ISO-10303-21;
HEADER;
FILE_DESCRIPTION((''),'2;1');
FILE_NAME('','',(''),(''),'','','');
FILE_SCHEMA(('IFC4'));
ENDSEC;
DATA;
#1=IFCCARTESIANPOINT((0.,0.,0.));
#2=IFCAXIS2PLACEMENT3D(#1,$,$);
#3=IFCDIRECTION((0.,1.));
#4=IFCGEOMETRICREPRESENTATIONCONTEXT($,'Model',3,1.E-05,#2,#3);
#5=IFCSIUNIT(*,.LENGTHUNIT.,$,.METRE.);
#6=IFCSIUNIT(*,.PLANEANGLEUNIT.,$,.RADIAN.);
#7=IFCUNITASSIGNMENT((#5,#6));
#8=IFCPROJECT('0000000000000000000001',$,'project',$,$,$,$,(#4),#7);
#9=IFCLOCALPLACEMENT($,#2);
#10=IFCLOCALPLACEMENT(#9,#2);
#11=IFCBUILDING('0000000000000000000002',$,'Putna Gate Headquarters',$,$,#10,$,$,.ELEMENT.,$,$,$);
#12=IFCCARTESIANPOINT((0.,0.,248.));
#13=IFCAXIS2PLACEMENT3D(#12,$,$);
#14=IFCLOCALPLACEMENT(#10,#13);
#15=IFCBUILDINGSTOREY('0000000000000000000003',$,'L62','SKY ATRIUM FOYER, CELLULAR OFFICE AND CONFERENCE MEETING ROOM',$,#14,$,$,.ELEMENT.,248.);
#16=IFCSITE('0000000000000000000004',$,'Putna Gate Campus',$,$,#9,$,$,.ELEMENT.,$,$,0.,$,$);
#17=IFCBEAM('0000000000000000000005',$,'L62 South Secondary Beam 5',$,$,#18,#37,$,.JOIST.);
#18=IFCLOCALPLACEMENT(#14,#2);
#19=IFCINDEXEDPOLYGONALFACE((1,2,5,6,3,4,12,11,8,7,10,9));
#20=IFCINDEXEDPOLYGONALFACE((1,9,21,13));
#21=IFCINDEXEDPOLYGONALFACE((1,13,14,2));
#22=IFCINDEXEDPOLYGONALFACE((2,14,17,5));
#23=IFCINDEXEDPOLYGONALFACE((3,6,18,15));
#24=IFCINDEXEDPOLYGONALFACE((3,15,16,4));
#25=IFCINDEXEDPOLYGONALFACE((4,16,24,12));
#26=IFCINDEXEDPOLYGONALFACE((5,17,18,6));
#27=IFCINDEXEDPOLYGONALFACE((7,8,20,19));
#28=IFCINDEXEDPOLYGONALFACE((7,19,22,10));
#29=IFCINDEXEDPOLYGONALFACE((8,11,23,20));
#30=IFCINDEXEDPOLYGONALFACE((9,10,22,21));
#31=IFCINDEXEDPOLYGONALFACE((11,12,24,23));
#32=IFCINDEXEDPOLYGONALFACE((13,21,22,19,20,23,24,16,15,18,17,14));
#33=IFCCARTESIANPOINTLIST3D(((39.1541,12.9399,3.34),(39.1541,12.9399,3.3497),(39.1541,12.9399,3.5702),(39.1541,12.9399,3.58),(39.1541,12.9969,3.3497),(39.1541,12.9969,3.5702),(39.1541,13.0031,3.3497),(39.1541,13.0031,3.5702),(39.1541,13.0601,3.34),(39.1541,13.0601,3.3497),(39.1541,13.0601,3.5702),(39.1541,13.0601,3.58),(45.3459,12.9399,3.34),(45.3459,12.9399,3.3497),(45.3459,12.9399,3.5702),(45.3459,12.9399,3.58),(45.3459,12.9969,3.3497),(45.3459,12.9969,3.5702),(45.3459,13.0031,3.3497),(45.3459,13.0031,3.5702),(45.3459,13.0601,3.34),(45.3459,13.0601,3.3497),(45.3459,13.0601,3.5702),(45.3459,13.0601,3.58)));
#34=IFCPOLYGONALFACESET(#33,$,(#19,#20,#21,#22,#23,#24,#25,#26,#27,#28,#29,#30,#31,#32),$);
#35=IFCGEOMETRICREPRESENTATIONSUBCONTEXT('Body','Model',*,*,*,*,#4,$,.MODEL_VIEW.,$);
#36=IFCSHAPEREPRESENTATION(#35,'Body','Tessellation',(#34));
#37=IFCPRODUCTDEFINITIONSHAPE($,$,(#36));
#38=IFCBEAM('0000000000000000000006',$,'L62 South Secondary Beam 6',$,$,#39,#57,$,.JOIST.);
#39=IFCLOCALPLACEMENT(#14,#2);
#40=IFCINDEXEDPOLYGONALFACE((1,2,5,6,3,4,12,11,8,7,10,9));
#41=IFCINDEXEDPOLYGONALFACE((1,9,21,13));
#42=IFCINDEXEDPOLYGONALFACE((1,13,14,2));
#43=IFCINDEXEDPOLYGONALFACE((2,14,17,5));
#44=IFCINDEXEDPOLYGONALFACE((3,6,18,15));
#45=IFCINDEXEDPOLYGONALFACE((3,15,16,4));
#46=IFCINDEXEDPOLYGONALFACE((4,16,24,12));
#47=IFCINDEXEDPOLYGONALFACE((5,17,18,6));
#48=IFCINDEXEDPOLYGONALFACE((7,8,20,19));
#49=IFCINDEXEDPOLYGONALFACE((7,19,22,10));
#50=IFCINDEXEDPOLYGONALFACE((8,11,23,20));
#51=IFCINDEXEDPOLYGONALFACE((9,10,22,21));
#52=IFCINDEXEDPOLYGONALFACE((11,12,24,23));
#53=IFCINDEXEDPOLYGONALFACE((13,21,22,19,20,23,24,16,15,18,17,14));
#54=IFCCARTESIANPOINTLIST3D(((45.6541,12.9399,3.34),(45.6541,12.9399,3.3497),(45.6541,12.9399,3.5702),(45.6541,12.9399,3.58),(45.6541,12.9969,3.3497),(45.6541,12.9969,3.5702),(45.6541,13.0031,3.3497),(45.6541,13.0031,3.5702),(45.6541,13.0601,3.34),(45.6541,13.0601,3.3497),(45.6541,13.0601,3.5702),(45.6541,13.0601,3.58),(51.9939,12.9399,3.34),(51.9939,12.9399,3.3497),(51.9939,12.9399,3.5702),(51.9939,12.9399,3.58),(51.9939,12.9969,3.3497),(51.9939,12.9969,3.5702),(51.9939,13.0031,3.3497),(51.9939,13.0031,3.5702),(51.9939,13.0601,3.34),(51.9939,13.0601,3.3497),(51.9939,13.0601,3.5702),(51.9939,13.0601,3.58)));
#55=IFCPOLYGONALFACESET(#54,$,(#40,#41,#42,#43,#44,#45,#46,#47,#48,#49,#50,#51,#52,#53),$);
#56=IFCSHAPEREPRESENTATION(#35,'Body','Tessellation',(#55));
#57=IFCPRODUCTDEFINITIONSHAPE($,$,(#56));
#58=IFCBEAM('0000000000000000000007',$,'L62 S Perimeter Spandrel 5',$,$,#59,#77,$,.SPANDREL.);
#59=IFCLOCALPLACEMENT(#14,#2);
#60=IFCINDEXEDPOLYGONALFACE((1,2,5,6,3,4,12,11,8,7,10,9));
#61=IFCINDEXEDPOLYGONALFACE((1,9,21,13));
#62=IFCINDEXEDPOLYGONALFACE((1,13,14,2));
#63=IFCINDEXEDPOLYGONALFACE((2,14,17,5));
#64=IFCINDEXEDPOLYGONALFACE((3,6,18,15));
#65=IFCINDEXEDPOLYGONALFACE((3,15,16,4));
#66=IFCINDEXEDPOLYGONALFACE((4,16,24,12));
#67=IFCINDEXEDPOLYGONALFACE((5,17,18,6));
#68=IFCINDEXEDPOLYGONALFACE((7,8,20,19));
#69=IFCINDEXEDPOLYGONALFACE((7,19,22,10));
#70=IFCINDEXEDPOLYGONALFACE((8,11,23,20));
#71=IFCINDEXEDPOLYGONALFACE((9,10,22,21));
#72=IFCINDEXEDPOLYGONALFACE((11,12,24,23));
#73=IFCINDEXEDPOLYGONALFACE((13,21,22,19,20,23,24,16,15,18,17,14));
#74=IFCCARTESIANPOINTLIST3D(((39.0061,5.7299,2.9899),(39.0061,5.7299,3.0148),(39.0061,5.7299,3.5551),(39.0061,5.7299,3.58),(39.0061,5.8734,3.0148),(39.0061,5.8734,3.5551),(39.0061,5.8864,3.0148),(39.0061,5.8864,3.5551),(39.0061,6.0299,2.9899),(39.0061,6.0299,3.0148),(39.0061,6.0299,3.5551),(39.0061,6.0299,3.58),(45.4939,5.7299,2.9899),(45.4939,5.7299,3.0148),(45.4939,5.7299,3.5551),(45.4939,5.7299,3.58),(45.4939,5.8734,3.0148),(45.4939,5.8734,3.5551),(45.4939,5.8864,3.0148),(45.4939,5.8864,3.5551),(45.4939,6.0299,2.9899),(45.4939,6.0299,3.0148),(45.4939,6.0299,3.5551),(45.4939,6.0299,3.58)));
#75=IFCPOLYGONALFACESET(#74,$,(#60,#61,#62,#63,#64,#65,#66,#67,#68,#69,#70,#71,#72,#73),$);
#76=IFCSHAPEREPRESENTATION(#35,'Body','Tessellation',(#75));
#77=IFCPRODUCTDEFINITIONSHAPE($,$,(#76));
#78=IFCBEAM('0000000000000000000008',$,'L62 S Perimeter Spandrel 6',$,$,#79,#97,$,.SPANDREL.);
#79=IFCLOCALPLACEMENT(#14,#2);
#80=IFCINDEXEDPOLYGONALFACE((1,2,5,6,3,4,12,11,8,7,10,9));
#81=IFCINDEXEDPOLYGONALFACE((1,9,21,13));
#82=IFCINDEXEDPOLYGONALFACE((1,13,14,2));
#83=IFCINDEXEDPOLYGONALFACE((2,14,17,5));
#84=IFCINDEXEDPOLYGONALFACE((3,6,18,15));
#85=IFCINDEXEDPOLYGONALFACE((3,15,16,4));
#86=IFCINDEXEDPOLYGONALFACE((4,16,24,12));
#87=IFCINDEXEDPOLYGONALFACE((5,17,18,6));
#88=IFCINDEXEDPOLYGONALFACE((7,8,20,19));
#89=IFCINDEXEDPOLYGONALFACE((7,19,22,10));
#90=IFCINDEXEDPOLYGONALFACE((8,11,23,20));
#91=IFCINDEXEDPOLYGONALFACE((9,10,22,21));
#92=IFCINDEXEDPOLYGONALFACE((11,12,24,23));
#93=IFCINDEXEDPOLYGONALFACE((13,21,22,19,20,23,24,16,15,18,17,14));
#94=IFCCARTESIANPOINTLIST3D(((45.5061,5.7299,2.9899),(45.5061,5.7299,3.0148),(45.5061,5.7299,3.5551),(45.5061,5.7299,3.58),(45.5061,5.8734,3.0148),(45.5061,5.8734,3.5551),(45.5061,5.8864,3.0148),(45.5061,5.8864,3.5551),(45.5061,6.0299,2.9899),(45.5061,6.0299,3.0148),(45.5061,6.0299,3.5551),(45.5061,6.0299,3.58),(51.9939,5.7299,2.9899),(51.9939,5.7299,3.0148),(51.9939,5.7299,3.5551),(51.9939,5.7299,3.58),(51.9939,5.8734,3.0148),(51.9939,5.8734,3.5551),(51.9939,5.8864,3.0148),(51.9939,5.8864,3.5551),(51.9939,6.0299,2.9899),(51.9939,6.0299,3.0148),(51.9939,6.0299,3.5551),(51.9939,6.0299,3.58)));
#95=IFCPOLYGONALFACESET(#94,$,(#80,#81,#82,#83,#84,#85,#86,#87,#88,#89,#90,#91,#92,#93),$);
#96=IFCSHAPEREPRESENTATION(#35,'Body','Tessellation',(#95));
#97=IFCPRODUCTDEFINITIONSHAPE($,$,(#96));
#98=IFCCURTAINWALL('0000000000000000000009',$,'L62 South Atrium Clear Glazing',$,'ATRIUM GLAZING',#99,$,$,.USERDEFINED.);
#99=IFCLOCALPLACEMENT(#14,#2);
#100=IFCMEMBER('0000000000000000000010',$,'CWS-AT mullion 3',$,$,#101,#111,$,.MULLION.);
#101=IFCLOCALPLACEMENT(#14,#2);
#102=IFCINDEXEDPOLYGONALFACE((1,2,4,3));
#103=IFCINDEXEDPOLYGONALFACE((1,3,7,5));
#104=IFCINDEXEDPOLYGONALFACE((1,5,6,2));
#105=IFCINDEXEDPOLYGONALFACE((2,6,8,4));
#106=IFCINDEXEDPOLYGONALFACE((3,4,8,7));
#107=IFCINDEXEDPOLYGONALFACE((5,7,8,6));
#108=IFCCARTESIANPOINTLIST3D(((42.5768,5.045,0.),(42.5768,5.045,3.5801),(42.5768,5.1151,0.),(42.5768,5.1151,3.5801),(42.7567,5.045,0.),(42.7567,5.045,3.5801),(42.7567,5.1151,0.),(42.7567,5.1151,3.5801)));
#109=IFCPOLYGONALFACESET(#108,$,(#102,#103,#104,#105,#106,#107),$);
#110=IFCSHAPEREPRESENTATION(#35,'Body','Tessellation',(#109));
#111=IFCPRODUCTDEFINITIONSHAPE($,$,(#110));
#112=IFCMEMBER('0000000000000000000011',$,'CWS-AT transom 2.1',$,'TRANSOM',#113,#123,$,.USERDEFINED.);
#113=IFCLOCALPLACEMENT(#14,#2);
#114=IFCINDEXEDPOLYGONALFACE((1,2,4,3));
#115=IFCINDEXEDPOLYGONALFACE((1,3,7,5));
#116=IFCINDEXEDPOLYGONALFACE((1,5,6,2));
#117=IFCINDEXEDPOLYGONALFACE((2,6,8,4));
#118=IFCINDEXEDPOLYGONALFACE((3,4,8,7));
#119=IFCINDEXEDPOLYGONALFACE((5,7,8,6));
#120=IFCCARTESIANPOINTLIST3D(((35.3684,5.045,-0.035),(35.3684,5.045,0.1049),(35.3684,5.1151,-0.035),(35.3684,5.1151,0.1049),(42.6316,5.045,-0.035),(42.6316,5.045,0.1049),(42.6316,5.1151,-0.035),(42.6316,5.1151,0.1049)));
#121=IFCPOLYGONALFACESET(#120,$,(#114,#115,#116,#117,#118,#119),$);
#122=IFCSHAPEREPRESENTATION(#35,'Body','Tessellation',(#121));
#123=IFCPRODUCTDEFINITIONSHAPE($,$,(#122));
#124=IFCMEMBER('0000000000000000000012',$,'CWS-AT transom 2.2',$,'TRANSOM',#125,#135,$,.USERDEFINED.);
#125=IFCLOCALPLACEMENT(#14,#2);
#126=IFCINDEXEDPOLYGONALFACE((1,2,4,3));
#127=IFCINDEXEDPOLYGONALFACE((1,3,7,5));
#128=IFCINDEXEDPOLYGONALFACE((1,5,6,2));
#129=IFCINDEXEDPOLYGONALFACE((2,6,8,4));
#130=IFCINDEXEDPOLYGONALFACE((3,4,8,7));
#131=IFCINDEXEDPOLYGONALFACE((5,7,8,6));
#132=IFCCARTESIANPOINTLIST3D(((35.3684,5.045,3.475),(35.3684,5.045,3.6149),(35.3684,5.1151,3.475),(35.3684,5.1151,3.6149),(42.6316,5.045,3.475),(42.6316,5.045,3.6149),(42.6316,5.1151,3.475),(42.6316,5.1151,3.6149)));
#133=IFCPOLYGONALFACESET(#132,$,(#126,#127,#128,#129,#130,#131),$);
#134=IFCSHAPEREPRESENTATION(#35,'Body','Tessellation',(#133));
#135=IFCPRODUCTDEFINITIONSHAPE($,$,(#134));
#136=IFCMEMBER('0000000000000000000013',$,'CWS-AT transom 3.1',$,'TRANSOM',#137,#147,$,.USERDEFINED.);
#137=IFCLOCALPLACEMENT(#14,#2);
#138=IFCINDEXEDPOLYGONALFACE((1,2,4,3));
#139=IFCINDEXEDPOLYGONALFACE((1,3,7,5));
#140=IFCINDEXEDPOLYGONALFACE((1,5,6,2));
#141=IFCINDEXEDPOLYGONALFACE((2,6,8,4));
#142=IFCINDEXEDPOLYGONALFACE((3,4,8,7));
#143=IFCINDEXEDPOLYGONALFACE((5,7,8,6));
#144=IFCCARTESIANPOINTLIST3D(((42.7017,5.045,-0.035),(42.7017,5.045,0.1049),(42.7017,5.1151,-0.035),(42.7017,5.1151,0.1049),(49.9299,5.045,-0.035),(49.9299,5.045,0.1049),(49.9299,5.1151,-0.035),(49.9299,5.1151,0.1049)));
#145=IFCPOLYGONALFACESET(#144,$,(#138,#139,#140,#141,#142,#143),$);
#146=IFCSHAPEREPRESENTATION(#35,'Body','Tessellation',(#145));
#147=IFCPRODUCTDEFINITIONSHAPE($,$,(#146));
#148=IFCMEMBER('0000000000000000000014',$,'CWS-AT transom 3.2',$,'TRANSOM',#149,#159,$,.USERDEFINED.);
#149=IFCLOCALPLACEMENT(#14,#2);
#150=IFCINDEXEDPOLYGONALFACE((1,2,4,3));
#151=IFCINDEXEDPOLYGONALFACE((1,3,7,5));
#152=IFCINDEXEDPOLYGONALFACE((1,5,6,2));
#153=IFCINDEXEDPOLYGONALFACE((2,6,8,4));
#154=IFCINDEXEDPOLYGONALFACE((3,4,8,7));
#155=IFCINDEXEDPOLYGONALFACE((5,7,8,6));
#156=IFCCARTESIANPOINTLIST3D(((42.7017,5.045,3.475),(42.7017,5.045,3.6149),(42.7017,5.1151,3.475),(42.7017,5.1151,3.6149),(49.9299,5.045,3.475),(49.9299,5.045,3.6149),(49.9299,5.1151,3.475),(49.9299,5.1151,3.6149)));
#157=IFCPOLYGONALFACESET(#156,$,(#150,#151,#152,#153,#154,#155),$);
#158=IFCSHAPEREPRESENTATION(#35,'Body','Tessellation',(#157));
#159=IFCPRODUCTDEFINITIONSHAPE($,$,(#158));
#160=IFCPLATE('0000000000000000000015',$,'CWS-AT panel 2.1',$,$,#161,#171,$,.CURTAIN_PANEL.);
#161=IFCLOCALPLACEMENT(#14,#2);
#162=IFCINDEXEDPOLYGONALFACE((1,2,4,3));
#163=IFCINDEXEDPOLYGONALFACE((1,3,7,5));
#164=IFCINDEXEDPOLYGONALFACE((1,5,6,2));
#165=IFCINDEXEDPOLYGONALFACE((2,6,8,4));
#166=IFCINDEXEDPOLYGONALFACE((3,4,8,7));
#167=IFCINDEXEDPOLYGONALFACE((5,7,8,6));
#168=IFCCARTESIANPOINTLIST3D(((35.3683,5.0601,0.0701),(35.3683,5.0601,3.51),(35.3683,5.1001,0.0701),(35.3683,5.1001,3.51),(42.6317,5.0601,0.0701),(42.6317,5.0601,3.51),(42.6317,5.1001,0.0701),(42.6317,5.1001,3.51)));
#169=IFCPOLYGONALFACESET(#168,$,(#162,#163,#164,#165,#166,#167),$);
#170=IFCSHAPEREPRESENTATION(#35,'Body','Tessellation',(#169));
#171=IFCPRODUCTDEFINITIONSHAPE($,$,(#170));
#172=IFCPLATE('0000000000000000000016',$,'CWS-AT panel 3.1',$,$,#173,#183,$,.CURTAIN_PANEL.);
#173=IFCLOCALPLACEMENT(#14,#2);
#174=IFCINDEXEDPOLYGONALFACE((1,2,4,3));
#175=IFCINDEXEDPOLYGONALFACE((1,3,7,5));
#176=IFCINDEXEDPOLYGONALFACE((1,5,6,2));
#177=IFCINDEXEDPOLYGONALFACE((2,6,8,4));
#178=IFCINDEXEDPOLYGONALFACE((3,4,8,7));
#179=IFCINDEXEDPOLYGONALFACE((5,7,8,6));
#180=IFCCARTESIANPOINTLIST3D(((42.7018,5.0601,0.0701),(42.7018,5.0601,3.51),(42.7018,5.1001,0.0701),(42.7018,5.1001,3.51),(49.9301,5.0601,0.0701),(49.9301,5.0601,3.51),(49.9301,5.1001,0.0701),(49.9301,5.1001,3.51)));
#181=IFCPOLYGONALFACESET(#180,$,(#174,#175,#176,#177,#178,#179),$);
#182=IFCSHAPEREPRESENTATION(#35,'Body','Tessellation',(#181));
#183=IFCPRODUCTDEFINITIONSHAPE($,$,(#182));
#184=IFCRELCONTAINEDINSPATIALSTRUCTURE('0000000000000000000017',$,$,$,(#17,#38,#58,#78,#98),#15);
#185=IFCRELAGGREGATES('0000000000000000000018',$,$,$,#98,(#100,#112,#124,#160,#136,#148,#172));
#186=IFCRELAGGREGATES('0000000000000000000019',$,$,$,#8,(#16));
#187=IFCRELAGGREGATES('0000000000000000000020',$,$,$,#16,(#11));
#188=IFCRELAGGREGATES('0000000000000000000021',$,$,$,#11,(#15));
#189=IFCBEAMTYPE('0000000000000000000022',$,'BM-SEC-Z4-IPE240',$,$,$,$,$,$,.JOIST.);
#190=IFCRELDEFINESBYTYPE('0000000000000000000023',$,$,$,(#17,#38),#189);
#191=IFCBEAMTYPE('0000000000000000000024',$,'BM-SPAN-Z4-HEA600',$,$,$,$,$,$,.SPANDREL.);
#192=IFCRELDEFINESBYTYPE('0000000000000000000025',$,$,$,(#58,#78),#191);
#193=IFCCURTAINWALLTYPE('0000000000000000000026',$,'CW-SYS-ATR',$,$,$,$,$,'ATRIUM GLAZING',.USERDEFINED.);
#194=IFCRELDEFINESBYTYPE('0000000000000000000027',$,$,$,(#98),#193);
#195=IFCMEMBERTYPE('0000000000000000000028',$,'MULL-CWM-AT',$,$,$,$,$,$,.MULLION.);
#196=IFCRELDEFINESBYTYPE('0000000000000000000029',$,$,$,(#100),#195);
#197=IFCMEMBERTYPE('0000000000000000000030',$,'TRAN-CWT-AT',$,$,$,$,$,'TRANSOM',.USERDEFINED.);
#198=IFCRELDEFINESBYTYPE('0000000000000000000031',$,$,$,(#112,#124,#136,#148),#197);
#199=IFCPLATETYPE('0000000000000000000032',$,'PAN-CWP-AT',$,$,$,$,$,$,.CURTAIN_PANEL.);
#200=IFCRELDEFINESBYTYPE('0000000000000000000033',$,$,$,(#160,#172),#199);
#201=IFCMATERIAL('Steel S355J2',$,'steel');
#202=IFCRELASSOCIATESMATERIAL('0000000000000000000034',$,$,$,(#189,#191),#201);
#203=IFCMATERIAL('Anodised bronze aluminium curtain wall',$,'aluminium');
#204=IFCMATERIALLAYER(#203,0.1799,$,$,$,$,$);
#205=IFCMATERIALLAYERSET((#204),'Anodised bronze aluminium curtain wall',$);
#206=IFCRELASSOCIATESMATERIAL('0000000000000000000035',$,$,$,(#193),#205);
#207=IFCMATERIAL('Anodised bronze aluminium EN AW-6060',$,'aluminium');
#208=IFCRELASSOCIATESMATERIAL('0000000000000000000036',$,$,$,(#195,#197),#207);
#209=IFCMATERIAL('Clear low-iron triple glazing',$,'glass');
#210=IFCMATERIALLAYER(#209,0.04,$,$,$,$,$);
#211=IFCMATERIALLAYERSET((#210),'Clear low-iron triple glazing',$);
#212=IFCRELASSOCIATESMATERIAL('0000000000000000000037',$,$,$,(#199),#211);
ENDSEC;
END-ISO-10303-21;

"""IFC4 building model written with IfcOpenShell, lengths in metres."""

from ifc_helpers import new_model, si_unit, direction, frame, origin, origin_2d, place, context, subcontext, project, spatial, rectangle, i_section, extrude, material, layer, layer_set, material_profile, profile_set, type_object, element, aggregate, save


model = new_model("IFC4")

# Units and contexts
model_context = context("Model", 3, precision=1e-05, world=origin(), true_north=direction((0.0, 1.0)))
body_context = subcontext(model_context, "Body", "Model", "MODEL_VIEW")
ifc_project = project(units=[si_unit("LENGTHUNIT", "METRE"), si_unit("PLANEANGLEUNIT", "RADIAN")], contexts=[model_context])

# Site, building, storey
site_placement = place(None, origin())
site = spatial("IfcSite", under=ifc_project, at=site_placement, Name="Putna Gate Campus", CompositionType="ELEMENT", RefElevation=0.0)
building_placement = place(site_placement, origin())
building = spatial("IfcBuilding", under=site, at=building_placement, Name="Putna Gate Headquarters", CompositionType="ELEMENT")
storey_placement = place(building_placement, frame((0.0, 0.0, 248.0)))
storey = spatial("IfcBuildingStorey", under=building, at=storey_placement, Name="L62", Description="SKY ATRIUM FOYER, CELLULAR OFFICE AND CONFERENCE MEETING ROOM", CompositionType="ELEMENT", Elevation=248.0)

# Beams
ifc_material_1 = material(Name="Steel S355J2", Category="steel")
ifc_material_profile_1 = material_profile(ifc_material_1, i_section(OverallWidth=0.1201, OverallDepth=0.24, WebThickness=0.0061, FlangeThickness=0.0098, at=origin_2d()), Name="Steel S355J2")
ifc_profile_set_1 = profile_set([ifc_material_profile_1], Name="Steel S355J2")
beam_type_1 = type_object("IfcBeamType", Name="BM-SEC-Z4-IPE240", PredefinedType="JOIST", material=ifc_profile_set_1)
beam_1_placement = place(storey_placement, frame((39.1541, 13.0, 3.46), z_axis=(1.0, 0.0, 0.0), x_axis=(0.0, 1.0, 0.0)))
element("IfcBeam", 1, at=beam_1_placement, inside=storey, type_object=beam_type_1, Name="L62 South Secondary Beam 5", PredefinedType="JOIST", context=body_context, shape_type="SweptSolid", body=[
    extrude(i_section(OverallWidth=0.1201, OverallDepth=0.24, WebThickness=0.0061, FlangeThickness=0.0098, at=origin_2d()), origin(), (0.0, 0.0, 1.0), 6.1919),
])
beam_2_placement = place(storey_placement, frame((45.6541, 13.0, 3.46), z_axis=(1.0, 0.0, 0.0), x_axis=(0.0, 1.0, 0.0)))
element("IfcBeam", 2, at=beam_2_placement, inside=storey, type_object=beam_type_1, Name="L62 South Secondary Beam 6", PredefinedType="JOIST", context=body_context, shape_type="SweptSolid", body=[
    extrude(i_section(OverallWidth=0.1201, OverallDepth=0.24, WebThickness=0.0061, FlangeThickness=0.0098, at=origin_2d()), origin(), (0.0, 0.0, 1.0), 6.3398),
])
ifc_material_profile_2 = material_profile(ifc_material_1, i_section(OverallWidth=0.3, OverallDepth=0.5901, WebThickness=0.0129, FlangeThickness=0.0249, at=origin_2d()), Name="Steel S355J2")
ifc_profile_set_2 = profile_set([ifc_material_profile_2], Name="Steel S355J2")
beam_type_2 = type_object("IfcBeamType", Name="BM-SPAN-Z4-HEA600", PredefinedType="SPANDREL", material=ifc_profile_set_2)
for number, where, z_axis, x_axis, name in (
    (3, (39.0061, 5.8799, 3.2849), (1.0, 0.0, 0.0), (0.0, 1.0, 0.0), "L62 S Perimeter Spandrel 5"),
    (4, (45.5061, 5.8799, 3.2849), (1.0, 0.0, 0.0), (0.0, 1.0, 0.0), "L62 S Perimeter Spandrel 6"),
):
    element("IfcBeam", number, at=place(storey_placement, frame(where, z_axis=z_axis, x_axis=x_axis)), inside=storey, type_object=beam_type_2, Name=name, PredefinedType="SPANDREL", context=body_context, shape_type="SweptSolid", body=[
        extrude(i_section(OverallWidth=0.3, OverallDepth=0.5901, WebThickness=0.0129, FlangeThickness=0.0249, at=origin_2d()), origin(), (0.0, 0.0, 1.0), 6.4878),
    ])

# Curtain wall, members, plates
ifc_material_2 = material(Name="Anodised bronze aluminium curtain wall", Category="aluminium")
ifc_layer_1 = layer(ifc_material_2, 0.1799)
ifc_layer_set_1 = layer_set([ifc_layer_1], Name="Anodised bronze aluminium curtain wall")
curtain_wall_type = type_object("IfcCurtainWallType", Name="CW-SYS-ATR", ElementType="ATRIUM GLAZING", PredefinedType="USERDEFINED", material=ifc_layer_set_1)
curtain_wall_placement = place(storey_placement, origin())
curtain_wall = element("IfcCurtainWall", 5, at=curtain_wall_placement, inside=storey, type_object=curtain_wall_type, Name="L62 South Atrium Clear Glazing", ObjectType="ATRIUM GLAZING", PredefinedType="USERDEFINED")
ifc_material_3 = material(Name="Anodised bronze aluminium EN AW-6060", Category="aluminium")
ifc_material_profile_3 = material_profile(ifc_material_3, rectangle(XDim=0.0701, YDim=0.1799, at=origin_2d()), Name="Anodised bronze aluminium EN AW-6060")
ifc_profile_set_3 = profile_set([ifc_material_profile_3], Name="Anodised bronze aluminium EN AW-6060")
member_type_1 = type_object("IfcMemberType", Name="MULL-CWM-AT", PredefinedType="MULLION", material=ifc_profile_set_3)
member_1_placement = place(storey_placement, frame((42.6667, 5.0801, 0.0), z_axis=(0.0, 0.0, 1.0), x_axis=(0.0, 1.0, 0.0)))
member_1 = element("IfcMember", 6, at=member_1_placement, type_object=member_type_1, Name="CWS-AT mullion 3", PredefinedType="MULLION", context=body_context, shape_type="SweptSolid", body=[
    extrude(rectangle(XDim=0.0701, YDim=0.1799, at=origin_2d()), origin(), (0.0, 0.0, 1.0), 3.5801),
])
ifc_material_profile_4 = material_profile(ifc_material_3, rectangle(XDim=0.0701, YDim=0.1399, at=origin_2d()), Name="Anodised bronze aluminium EN AW-6060")
ifc_profile_set_4 = profile_set([ifc_material_profile_4], Name="Anodised bronze aluminium EN AW-6060")
member_type_2 = type_object("IfcMemberType", Name="TRAN-CWT-AT", ElementType="TRANSOM", PredefinedType="USERDEFINED", material=ifc_profile_set_4)
member_2_placement = place(storey_placement, frame((35.3684, 5.0801, 0.0349), z_axis=(1.0, 0.0, 0.0), x_axis=(0.0, 1.0, 0.0)))
member_2 = element("IfcMember", 7, at=member_2_placement, type_object=member_type_2, Name="CWS-AT transom 2.1", ObjectType="TRANSOM", PredefinedType="USERDEFINED", context=body_context, shape_type="SweptSolid", body=[
    extrude(rectangle(XDim=0.0701, YDim=0.1399, at=origin_2d()), origin(), (0.0, 0.0, 1.0), 7.2632),
])
member_3_placement = place(storey_placement, frame((35.3684, 5.0801, 3.5449), z_axis=(1.0, 0.0, 0.0), x_axis=(0.0, 1.0, 0.0)))
member_3 = element("IfcMember", 8, at=member_3_placement, type_object=member_type_2, Name="CWS-AT transom 2.2", ObjectType="TRANSOM", PredefinedType="USERDEFINED", context=body_context, shape_type="SweptSolid", body=[
    extrude(rectangle(XDim=0.0701, YDim=0.1399, at=origin_2d()), origin(), (0.0, 0.0, 1.0), 7.2632),
])
member_4_placement = place(storey_placement, frame((42.7017, 5.0801, 0.0349), z_axis=(1.0, 0.0, 0.0), x_axis=(0.0, 1.0, 0.0)))
member_4 = element("IfcMember", 9, at=member_4_placement, type_object=member_type_2, Name="CWS-AT transom 3.1", ObjectType="TRANSOM", PredefinedType="USERDEFINED", context=body_context, shape_type="SweptSolid", body=[
    extrude(rectangle(XDim=0.0701, YDim=0.1399, at=origin_2d()), origin(), (0.0, 0.0, 1.0), 7.2283),
])
member_5_placement = place(storey_placement, frame((42.7017, 5.0801, 3.5449), z_axis=(1.0, 0.0, 0.0), x_axis=(0.0, 1.0, 0.0)))
member_5 = element("IfcMember", 10, at=member_5_placement, type_object=member_type_2, Name="CWS-AT transom 3.2", ObjectType="TRANSOM", PredefinedType="USERDEFINED", context=body_context, shape_type="SweptSolid", body=[
    extrude(rectangle(XDim=0.0701, YDim=0.1399, at=origin_2d()), origin(), (0.0, 0.0, 1.0), 7.2283),
])
ifc_material_4 = material(Name="Clear low-iron triple glazing", Category="glass")
ifc_layer_2 = layer(ifc_material_4, 0.04)
ifc_layer_set_2 = layer_set([ifc_layer_2], Name="Clear low-iron triple glazing")
plate_type = type_object("IfcPlateType", Name="PAN-CWP-AT", PredefinedType="CURTAIN_PANEL", material=ifc_layer_set_2)
plate_1_placement = place(storey_placement, frame((39.0, 5.0801, 0.0701), z_axis=(0.0, 0.0, 1.0), x_axis=(1.0, 0.0, 0.0)))
plate_1 = element("IfcPlate", 11, at=plate_1_placement, type_object=plate_type, Name="CWS-AT panel 2.1", PredefinedType="CURTAIN_PANEL", context=body_context, shape_type="SweptSolid", body=[
    extrude(rectangle(XDim=7.2634, YDim=0.04, at=origin_2d()), origin(), (0.0, 0.0, 1.0), 3.4399),
])
plate_2_placement = place(storey_placement, frame((46.3159, 5.0801, 0.0701), z_axis=(0.0, 0.0, 1.0), x_axis=(1.0, 0.0, 0.0)))
plate_2 = element("IfcPlate", 12, at=plate_2_placement, type_object=plate_type, Name="CWS-AT panel 3.1", PredefinedType="CURTAIN_PANEL", context=body_context, shape_type="SweptSolid", body=[
    extrude(rectangle(XDim=7.2283, YDim=0.04, at=origin_2d()), origin(), (0.0, 0.0, 1.0), 3.4399),
])
aggregate(curtain_wall, [member_1, member_2, member_3, plate_1, member_4, member_5, plate_2])

save(model, "model.ifc")
